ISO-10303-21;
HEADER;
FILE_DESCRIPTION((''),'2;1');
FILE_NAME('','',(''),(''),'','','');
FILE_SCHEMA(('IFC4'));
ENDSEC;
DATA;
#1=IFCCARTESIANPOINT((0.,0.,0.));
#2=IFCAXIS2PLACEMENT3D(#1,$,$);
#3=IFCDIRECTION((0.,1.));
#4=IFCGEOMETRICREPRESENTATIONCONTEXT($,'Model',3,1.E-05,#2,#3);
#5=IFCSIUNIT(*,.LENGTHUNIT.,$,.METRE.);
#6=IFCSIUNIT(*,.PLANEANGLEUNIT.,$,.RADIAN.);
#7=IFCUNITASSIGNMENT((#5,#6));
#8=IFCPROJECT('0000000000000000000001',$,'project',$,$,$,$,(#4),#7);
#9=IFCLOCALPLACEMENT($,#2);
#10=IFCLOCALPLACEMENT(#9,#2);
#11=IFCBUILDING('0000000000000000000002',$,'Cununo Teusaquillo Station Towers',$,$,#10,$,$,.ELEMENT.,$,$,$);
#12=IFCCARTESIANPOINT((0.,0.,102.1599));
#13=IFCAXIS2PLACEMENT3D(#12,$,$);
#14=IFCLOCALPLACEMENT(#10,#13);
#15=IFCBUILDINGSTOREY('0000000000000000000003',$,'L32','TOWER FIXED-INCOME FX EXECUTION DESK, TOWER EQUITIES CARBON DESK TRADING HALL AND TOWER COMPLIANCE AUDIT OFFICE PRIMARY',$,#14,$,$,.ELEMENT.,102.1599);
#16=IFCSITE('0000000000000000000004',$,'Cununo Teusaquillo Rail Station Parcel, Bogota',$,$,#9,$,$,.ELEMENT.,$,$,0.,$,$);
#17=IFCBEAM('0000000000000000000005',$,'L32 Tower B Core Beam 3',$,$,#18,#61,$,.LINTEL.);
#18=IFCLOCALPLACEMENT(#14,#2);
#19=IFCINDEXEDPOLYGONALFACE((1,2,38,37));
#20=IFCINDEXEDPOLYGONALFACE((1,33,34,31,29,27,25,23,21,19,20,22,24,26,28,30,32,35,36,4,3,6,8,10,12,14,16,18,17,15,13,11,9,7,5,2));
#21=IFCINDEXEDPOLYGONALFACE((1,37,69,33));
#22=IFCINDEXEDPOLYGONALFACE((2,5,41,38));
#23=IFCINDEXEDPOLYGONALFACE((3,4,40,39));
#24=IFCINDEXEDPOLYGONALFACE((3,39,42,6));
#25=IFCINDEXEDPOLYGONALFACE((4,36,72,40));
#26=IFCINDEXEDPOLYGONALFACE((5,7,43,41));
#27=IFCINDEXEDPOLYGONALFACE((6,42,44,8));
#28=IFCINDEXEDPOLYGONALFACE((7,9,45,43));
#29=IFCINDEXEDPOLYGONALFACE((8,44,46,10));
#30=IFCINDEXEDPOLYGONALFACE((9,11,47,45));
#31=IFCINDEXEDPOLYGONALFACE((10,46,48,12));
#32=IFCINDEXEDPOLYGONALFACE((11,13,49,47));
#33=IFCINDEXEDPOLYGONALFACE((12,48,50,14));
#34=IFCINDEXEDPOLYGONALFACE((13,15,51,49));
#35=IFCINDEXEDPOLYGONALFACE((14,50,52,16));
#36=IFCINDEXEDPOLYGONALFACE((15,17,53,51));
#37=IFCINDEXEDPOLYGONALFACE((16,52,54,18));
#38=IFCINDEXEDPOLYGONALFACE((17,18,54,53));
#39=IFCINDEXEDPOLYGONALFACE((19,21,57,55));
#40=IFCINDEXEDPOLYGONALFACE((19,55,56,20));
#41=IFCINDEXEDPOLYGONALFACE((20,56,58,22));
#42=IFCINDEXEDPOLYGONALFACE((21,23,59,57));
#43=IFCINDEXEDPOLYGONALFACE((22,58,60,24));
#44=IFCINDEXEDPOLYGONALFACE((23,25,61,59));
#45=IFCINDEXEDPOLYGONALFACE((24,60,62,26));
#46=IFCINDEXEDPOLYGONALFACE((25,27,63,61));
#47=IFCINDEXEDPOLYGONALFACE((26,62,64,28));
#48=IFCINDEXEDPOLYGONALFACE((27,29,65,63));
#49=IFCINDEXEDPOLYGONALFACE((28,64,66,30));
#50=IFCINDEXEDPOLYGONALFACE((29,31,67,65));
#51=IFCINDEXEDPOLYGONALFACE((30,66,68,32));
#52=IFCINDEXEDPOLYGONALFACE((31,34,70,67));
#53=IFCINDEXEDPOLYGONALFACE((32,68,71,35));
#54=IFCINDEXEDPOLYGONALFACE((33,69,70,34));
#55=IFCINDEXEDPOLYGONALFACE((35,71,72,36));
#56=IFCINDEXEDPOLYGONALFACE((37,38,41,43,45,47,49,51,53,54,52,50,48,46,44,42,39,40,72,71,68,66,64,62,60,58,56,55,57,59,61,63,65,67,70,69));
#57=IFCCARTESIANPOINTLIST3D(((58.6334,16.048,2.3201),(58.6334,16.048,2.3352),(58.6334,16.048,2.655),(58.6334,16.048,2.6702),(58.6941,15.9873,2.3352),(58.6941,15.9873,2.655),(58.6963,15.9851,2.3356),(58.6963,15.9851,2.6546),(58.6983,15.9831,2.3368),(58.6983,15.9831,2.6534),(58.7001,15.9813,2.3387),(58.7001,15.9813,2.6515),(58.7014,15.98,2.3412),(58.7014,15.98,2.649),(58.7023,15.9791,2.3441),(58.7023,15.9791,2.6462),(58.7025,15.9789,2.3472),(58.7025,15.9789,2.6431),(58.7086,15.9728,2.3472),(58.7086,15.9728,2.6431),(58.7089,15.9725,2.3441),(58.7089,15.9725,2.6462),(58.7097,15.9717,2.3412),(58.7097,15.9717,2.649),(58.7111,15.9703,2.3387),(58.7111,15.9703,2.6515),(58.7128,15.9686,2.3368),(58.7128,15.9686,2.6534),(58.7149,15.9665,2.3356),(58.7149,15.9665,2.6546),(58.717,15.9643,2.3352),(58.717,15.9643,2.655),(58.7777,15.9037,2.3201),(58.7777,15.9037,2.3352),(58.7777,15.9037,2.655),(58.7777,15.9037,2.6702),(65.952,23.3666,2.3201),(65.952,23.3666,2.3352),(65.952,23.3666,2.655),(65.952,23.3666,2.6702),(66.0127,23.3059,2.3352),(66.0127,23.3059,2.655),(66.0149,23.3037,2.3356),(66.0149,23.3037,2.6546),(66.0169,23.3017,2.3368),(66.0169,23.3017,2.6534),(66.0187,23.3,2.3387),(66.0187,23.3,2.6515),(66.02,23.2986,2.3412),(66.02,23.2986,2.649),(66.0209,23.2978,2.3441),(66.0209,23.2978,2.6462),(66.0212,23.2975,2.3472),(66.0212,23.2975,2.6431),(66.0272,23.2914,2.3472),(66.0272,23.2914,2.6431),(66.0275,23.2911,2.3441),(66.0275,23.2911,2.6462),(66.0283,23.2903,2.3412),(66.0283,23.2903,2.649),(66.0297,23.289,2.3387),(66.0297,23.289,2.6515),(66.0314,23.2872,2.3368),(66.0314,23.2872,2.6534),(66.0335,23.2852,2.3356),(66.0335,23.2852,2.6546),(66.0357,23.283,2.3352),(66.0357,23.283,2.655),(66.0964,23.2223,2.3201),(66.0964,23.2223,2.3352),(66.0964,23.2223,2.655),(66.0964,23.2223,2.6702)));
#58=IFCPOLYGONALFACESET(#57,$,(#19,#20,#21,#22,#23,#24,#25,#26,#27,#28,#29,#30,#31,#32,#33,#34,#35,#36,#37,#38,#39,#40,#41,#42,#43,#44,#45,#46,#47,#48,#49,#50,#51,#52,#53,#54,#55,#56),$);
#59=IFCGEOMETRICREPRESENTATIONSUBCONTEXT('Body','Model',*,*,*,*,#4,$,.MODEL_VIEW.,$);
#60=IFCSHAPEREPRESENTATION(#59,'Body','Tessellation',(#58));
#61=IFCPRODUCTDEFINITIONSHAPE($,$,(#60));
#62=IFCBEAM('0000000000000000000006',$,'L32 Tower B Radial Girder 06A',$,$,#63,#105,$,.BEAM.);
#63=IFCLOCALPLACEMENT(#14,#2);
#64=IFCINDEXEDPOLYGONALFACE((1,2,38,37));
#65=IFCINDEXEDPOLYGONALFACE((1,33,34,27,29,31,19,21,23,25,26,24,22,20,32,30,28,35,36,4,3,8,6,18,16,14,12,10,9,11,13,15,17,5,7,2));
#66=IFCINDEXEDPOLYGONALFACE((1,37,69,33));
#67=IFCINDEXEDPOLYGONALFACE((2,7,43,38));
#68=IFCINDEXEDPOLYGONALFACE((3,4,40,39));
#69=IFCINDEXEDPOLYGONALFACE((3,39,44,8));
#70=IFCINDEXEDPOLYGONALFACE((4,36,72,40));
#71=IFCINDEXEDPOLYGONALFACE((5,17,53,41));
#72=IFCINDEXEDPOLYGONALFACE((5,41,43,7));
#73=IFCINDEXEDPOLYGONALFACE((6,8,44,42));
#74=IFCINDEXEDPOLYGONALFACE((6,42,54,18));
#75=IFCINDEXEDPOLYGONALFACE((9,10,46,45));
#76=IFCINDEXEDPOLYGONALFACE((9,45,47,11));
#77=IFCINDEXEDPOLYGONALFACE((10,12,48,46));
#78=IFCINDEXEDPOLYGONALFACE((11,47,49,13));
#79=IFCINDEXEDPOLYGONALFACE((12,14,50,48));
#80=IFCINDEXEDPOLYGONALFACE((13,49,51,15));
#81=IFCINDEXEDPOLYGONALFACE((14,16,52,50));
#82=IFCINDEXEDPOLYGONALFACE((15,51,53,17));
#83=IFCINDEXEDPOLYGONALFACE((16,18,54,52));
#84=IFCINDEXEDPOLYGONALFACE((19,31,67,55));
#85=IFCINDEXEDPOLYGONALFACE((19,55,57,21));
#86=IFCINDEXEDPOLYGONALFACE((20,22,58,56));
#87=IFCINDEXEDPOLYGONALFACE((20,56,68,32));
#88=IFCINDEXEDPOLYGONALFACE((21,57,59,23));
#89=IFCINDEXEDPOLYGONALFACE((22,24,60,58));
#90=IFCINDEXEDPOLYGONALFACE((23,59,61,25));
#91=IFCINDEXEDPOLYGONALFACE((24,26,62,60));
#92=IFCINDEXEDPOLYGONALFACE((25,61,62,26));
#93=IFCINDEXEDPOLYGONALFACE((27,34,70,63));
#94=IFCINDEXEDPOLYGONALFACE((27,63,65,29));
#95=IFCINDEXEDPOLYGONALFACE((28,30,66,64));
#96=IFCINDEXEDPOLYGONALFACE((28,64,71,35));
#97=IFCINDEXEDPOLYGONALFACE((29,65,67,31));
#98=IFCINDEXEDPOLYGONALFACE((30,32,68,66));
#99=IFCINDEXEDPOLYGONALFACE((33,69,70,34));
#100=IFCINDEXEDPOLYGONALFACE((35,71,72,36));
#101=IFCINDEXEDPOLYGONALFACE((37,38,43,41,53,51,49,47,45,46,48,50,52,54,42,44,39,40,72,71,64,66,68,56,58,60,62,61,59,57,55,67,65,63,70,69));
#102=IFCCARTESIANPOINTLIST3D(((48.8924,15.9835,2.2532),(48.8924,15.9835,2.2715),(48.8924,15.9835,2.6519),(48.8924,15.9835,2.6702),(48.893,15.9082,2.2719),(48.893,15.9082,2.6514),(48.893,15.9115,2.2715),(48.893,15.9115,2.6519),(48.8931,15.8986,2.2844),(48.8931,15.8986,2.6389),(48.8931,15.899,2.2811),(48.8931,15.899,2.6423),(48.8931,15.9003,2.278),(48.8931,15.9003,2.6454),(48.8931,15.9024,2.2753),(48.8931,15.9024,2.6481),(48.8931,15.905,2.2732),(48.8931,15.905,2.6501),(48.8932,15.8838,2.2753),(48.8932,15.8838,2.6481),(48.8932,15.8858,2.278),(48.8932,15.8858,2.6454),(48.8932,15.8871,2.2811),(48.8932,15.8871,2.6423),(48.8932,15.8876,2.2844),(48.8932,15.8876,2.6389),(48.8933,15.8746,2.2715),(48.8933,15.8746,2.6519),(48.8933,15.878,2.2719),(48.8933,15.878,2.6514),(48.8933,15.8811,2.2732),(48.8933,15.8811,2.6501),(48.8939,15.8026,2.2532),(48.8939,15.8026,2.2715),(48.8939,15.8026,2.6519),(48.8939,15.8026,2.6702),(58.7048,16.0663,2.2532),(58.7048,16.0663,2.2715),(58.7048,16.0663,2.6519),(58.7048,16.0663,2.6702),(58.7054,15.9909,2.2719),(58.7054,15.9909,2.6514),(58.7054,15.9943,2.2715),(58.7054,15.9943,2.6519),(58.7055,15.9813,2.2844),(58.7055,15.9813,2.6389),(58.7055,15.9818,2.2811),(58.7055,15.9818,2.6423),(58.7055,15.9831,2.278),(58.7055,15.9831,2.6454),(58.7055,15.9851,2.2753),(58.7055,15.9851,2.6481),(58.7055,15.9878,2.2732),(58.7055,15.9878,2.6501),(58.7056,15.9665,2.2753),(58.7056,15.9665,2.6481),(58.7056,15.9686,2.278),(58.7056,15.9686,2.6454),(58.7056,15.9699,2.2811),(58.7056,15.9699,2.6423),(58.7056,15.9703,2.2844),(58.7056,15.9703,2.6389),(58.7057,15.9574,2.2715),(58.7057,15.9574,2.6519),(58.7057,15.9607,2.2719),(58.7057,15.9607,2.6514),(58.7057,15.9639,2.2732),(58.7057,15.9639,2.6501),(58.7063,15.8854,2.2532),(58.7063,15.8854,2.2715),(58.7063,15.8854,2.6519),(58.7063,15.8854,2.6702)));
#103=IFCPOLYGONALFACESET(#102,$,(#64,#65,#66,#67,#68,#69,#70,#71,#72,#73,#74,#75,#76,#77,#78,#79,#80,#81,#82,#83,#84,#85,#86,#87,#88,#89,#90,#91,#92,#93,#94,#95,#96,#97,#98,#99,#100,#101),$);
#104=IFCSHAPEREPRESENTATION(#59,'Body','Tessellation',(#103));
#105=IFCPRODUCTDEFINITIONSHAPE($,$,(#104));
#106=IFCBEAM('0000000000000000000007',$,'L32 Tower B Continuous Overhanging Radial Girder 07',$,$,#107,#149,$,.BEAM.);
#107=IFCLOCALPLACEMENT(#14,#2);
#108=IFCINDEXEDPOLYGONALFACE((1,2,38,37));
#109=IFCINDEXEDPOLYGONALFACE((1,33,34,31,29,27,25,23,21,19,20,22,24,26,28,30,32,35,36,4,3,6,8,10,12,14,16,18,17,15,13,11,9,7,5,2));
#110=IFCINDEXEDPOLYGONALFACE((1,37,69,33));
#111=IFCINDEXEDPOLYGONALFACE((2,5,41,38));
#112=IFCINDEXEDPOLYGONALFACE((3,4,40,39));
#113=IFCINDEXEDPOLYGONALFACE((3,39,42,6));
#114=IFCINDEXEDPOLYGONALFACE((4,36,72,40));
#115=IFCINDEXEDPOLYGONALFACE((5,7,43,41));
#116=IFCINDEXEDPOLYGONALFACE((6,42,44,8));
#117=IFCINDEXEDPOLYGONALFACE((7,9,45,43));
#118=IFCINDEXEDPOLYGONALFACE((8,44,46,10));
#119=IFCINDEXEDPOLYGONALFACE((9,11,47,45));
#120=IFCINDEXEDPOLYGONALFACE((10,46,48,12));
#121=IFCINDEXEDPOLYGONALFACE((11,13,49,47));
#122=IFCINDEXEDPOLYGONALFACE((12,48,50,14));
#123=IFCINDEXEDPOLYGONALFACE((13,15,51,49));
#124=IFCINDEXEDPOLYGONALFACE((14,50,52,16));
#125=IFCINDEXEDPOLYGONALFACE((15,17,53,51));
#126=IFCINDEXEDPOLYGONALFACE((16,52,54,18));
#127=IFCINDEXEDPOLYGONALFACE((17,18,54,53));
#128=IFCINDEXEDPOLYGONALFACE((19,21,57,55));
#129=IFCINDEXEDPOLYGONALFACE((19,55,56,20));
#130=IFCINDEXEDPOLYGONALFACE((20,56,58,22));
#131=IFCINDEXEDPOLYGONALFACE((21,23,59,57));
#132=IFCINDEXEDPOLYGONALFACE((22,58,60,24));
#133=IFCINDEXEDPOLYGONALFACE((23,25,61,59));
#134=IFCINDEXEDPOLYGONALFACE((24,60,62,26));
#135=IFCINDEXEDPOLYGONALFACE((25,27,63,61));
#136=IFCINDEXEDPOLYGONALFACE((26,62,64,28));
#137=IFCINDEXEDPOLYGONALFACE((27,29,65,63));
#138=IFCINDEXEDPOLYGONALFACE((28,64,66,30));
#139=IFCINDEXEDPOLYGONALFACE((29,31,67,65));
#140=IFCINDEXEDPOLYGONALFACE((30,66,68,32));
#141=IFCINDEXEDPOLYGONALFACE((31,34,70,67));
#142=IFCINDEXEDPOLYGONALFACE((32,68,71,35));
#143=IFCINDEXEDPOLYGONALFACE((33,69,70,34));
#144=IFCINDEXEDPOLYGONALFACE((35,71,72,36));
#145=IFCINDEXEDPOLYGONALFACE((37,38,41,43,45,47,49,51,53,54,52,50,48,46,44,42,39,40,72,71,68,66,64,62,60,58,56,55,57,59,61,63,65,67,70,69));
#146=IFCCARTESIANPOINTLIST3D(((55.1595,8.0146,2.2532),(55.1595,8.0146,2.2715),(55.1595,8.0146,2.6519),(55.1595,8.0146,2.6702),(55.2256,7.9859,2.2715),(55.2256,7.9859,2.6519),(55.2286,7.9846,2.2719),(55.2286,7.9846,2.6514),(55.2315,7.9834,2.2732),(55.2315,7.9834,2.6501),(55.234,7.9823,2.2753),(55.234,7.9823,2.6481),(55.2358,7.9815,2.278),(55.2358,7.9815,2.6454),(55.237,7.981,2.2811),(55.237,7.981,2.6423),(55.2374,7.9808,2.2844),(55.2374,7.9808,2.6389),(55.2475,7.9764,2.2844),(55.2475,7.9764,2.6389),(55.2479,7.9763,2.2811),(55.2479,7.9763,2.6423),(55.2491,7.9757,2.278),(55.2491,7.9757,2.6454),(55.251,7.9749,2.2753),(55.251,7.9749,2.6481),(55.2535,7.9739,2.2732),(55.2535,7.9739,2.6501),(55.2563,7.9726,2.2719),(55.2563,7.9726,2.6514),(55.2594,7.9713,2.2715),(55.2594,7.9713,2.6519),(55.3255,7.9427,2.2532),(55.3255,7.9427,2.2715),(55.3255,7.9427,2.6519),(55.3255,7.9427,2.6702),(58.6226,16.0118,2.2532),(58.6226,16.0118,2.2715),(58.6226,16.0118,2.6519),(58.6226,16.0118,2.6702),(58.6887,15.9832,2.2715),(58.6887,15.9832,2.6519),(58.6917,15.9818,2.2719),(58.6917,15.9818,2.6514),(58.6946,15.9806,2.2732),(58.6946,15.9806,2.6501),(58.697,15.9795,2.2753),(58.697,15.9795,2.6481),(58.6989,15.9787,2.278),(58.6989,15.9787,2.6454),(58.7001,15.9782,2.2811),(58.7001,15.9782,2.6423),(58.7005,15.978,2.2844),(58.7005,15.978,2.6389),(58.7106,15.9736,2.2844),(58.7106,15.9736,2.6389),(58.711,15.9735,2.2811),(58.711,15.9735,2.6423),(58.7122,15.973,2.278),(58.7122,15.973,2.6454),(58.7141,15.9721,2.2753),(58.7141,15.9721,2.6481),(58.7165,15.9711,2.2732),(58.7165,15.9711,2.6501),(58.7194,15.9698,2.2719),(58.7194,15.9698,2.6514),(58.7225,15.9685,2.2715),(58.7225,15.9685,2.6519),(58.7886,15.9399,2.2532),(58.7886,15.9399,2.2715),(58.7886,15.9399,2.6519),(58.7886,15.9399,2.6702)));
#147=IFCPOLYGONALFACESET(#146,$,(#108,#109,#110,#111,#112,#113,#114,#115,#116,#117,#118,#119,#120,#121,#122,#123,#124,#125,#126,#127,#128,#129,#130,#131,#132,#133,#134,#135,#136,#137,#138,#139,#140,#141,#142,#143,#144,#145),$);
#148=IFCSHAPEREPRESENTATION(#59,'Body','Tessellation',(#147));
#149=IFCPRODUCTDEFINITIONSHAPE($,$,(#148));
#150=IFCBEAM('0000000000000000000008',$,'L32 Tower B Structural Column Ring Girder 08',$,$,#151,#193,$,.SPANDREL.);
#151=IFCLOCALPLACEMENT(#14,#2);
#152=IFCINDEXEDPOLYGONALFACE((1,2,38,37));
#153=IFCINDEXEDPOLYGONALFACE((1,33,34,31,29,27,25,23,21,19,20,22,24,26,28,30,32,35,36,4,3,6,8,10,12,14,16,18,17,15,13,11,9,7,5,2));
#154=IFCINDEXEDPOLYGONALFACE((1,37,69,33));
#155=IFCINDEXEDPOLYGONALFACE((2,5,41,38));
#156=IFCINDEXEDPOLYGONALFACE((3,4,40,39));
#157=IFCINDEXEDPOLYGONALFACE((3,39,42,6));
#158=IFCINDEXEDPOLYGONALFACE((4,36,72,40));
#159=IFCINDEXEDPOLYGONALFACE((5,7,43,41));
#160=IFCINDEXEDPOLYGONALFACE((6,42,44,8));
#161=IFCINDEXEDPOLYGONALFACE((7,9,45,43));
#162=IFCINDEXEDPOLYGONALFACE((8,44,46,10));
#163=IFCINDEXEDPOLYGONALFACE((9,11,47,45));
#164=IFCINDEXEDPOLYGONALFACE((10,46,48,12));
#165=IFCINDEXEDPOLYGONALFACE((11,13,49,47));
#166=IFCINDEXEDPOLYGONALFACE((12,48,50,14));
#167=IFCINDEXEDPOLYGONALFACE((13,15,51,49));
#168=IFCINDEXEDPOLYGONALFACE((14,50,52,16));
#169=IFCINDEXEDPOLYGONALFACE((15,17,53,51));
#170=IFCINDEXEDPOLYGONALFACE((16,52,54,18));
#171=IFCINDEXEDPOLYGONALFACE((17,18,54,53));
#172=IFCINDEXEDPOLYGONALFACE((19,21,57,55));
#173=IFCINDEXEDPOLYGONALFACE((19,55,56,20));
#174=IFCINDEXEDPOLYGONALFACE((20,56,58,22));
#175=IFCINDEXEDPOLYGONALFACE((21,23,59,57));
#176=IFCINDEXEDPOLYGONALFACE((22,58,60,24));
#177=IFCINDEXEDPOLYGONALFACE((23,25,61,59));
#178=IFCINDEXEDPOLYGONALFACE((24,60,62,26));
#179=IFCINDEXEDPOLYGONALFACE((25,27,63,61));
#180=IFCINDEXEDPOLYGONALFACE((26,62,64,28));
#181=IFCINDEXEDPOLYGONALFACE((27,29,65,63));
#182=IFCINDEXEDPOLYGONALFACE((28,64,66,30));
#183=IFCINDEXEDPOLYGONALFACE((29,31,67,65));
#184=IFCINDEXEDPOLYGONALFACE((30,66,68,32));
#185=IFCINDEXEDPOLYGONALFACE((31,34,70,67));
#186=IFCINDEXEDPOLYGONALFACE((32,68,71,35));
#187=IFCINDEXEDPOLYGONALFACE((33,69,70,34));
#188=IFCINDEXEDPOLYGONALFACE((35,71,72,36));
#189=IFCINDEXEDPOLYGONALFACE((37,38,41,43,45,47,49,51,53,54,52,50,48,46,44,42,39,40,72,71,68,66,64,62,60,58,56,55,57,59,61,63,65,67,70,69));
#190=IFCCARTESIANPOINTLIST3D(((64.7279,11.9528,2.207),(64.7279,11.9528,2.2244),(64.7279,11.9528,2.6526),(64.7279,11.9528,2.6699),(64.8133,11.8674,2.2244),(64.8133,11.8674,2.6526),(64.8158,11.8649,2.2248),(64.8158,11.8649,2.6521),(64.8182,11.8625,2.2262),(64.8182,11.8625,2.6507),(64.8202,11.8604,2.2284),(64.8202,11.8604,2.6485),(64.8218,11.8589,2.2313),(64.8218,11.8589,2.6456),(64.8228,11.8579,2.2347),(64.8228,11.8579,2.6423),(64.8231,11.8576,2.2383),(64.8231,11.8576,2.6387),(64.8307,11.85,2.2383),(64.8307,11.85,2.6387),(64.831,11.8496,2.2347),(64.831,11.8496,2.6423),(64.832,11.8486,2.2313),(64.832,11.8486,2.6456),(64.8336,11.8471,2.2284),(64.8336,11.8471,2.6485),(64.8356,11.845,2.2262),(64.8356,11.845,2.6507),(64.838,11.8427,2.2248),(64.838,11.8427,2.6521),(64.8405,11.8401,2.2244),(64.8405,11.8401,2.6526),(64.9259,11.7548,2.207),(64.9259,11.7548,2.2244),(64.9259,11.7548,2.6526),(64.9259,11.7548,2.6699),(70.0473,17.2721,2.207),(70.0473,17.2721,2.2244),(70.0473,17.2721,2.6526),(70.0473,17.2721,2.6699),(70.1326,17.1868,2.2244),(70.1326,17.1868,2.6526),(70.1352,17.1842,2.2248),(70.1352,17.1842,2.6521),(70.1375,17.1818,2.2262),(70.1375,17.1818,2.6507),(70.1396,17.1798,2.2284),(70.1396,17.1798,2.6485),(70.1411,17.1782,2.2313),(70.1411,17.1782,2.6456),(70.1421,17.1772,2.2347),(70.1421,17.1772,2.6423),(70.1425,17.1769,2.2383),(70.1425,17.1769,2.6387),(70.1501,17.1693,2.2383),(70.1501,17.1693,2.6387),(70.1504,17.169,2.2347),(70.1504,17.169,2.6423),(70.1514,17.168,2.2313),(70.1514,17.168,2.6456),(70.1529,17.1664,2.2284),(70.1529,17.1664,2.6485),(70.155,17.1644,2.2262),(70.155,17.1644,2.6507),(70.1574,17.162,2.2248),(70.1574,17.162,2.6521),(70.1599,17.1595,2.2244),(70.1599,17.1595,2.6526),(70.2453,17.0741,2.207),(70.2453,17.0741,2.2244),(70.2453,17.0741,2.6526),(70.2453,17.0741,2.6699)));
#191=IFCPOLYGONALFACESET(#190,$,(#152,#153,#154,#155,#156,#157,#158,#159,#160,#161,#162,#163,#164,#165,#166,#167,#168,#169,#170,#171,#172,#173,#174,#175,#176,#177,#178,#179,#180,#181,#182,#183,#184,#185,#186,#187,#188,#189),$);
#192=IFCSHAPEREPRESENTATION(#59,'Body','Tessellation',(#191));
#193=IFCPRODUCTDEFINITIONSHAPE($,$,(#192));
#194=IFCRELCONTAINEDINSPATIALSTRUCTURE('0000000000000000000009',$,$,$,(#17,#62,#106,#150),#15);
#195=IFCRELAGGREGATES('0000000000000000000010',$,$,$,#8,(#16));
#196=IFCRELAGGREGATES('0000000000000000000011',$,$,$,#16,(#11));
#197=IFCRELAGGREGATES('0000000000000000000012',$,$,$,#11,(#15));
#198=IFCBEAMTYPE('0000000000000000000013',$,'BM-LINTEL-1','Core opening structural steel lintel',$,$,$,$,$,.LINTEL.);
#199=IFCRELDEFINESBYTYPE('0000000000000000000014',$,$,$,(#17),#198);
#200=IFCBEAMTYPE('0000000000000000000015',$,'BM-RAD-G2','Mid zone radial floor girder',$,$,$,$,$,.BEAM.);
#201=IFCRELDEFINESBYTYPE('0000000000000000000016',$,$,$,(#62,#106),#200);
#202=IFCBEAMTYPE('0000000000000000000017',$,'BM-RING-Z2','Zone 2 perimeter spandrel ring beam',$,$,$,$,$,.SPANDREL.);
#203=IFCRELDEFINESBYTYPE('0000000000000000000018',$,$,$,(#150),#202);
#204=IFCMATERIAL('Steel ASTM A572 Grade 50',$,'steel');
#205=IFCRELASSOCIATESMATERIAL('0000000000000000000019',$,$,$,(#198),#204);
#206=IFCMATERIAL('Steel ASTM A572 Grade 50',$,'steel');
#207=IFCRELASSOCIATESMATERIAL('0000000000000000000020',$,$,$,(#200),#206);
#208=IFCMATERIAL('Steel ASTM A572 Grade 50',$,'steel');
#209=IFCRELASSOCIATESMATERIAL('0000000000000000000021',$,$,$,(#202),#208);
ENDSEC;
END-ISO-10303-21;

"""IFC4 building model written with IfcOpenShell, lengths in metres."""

from ifc_helpers import new_model, si_unit, direction, frame, origin, origin_2d, place, context, subcontext, project, spatial, i_section, extrude, material, material_profile, profile_set, type_object, element, save


model = new_model("IFC4")

# Units and contexts
model_context = context("Model", 3, precision=1e-05, world=origin(), true_north=direction((0.0, 1.0)))
body_context = subcontext(model_context, "Body", "Model", "MODEL_VIEW")
ifc_project = project(units=[si_unit("LENGTHUNIT", "METRE"), si_unit("PLANEANGLEUNIT", "RADIAN")], contexts=[model_context])

# Site, building, storey
site_placement = place(None, origin())
site = spatial("IfcSite", under=ifc_project, at=site_placement, Name="Cununo Teusaquillo Rail Station Parcel, Bogota", CompositionType="ELEMENT", RefElevation=0.0)
building_placement = place(site_placement, origin())
building = spatial("IfcBuilding", under=site, at=building_placement, Name="Cununo Teusaquillo Station Towers", CompositionType="ELEMENT")
storey_placement = place(building_placement, frame((0.0, 0.0, 102.1599)))
storey = spatial("IfcBuildingStorey", under=building, at=storey_placement, Name="L32", Description="TOWER FIXED-INCOME FX EXECUTION DESK, TOWER EQUITIES CARBON DESK TRADING HALL AND TOWER COMPLIANCE AUDIT OFFICE PRIMARY", CompositionType="ELEMENT", Elevation=102.1599)

# Beams
ifc_material_1 = material(Name="Steel ASTM A572 Grade 50", Category="steel")
ifc_material_profile_1 = material_profile(ifc_material_1, i_section(OverallWidth=0.2041, OverallDepth=0.3501, WebThickness=0.0085, FlangeThickness=0.0151, FilletRadius=0.012, at=origin_2d()), Name="W14X48")
ifc_profile_set_1 = profile_set([ifc_material_profile_1], Name="Steel ASTM A572 Grade 50")
beam_type_1 = type_object("IfcBeamType", Name="BM-LINTEL-1", Description="Core opening structural steel lintel", PredefinedType="LINTEL", material=ifc_profile_set_1)
beam_1_placement = place(storey_placement, frame((58.7056, 15.9758, 2.4951), z_axis=(0.707107, 0.707107, 0.0), x_axis=(-0.707107, 0.707107, 0.0)))
element("IfcBeam", 1, at=beam_1_placement, inside=storey, type_object=beam_type_1, Name="L32 Tower B Core Beam 3", PredefinedType="LINTEL", context=body_context, shape_type="SweptSolid", body=[
    extrude(i_section(OverallWidth=0.2041, OverallDepth=0.3501, WebThickness=0.0085, FlangeThickness=0.0151, FilletRadius=0.012, at=origin_2d()), origin(), (0.0, 0.0, 1.0), 10.3501),
])
ifc_material_2 = material(Name="Steel ASTM A572 Grade 50", Category="steel")
ifc_material_profile_2 = material_profile(ifc_material_2, i_section(OverallWidth=0.1809, OverallDepth=0.417, WebThickness=0.011, FlangeThickness=0.0183, FilletRadius=0.0129, at=origin_2d()), Name="W16X57")
ifc_profile_set_2 = profile_set([ifc_material_profile_2], Name="Steel ASTM A572 Grade 50")
beam_type_2 = type_object("IfcBeamType", Name="BM-RAD-G2", Description="Mid zone radial floor girder", PredefinedType="BEAM", material=ifc_profile_set_2)
beam_2_placement = place(storey_placement, frame((58.7056, 15.9758, 2.4617), z_axis=(-0.999964, -0.008434, 0.0), x_axis=(0.008434, -0.999964, 0.0)))
element("IfcBeam", 2, at=beam_2_placement, inside=storey, type_object=beam_type_2, Name="L32 Tower B Radial Girder 06A", PredefinedType="BEAM", context=body_context, shape_type="SweptSolid", body=[
    extrude(i_section(OverallWidth=0.1809, OverallDepth=0.417, WebThickness=0.011, FlangeThickness=0.0183, FilletRadius=0.0129, at=origin_2d()), origin(), (0.0, 0.0, 1.0), 9.8127),
])
beam_3_placement = place(storey_placement, frame((58.7056, 15.9758, 2.4617), z_axis=(-0.397379, -0.917655, 0.0), x_axis=(0.917655, -0.397379, 0.0)))
element("IfcBeam", 3, at=beam_3_placement, inside=storey, type_object=beam_type_2, Name="L32 Tower B Continuous Overhanging Radial Girder 07", PredefinedType="BEAM", context=body_context, shape_type="SweptSolid", body=[
    extrude(i_section(OverallWidth=0.1809, OverallDepth=0.417, WebThickness=0.011, FlangeThickness=0.0183, FilletRadius=0.0129, at=origin_2d()), origin(), (0.0, 0.0, 1.0), 8.7148),
])
ifc_material_3 = material(Name="Steel ASTM A572 Grade 50", Category="steel")
ifc_material_profile_3 = material_profile(ifc_material_3, i_section(OverallWidth=0.28, OverallDepth=0.4629, WebThickness=0.0107, FlangeThickness=0.0173, FilletRadius=0.0139, at=origin_2d()), Name="W18X76")
ifc_profile_set_3 = profile_set([ifc_material_profile_3], Name="Steel ASTM A572 Grade 50")
beam_type_3 = type_object("IfcBeamType", Name="BM-RING-Z2", Description="Zone 2 perimeter spandrel ring beam", PredefinedType="SPANDREL", material=ifc_profile_set_3)
beam_4_placement = place(storey_placement, frame((64.8269, 11.8538, 2.4385), z_axis=(0.707107, 0.707107, 0.0), x_axis=(-0.707107, 0.707107, 0.0)))
element("IfcBeam", 4, at=beam_4_placement, inside=storey, type_object=beam_type_3, Name="L32 Tower B Structural Column Ring Girder 08", PredefinedType="SPANDREL", context=body_context, shape_type="SweptSolid", body=[
    extrude(i_section(OverallWidth=0.28, OverallDepth=0.4629, WebThickness=0.0107, FlangeThickness=0.0173, FilletRadius=0.0139, at=origin_2d()), origin(), (0.0, 0.0, 1.0), 7.5227),
])

save(model, "model.ifc")
